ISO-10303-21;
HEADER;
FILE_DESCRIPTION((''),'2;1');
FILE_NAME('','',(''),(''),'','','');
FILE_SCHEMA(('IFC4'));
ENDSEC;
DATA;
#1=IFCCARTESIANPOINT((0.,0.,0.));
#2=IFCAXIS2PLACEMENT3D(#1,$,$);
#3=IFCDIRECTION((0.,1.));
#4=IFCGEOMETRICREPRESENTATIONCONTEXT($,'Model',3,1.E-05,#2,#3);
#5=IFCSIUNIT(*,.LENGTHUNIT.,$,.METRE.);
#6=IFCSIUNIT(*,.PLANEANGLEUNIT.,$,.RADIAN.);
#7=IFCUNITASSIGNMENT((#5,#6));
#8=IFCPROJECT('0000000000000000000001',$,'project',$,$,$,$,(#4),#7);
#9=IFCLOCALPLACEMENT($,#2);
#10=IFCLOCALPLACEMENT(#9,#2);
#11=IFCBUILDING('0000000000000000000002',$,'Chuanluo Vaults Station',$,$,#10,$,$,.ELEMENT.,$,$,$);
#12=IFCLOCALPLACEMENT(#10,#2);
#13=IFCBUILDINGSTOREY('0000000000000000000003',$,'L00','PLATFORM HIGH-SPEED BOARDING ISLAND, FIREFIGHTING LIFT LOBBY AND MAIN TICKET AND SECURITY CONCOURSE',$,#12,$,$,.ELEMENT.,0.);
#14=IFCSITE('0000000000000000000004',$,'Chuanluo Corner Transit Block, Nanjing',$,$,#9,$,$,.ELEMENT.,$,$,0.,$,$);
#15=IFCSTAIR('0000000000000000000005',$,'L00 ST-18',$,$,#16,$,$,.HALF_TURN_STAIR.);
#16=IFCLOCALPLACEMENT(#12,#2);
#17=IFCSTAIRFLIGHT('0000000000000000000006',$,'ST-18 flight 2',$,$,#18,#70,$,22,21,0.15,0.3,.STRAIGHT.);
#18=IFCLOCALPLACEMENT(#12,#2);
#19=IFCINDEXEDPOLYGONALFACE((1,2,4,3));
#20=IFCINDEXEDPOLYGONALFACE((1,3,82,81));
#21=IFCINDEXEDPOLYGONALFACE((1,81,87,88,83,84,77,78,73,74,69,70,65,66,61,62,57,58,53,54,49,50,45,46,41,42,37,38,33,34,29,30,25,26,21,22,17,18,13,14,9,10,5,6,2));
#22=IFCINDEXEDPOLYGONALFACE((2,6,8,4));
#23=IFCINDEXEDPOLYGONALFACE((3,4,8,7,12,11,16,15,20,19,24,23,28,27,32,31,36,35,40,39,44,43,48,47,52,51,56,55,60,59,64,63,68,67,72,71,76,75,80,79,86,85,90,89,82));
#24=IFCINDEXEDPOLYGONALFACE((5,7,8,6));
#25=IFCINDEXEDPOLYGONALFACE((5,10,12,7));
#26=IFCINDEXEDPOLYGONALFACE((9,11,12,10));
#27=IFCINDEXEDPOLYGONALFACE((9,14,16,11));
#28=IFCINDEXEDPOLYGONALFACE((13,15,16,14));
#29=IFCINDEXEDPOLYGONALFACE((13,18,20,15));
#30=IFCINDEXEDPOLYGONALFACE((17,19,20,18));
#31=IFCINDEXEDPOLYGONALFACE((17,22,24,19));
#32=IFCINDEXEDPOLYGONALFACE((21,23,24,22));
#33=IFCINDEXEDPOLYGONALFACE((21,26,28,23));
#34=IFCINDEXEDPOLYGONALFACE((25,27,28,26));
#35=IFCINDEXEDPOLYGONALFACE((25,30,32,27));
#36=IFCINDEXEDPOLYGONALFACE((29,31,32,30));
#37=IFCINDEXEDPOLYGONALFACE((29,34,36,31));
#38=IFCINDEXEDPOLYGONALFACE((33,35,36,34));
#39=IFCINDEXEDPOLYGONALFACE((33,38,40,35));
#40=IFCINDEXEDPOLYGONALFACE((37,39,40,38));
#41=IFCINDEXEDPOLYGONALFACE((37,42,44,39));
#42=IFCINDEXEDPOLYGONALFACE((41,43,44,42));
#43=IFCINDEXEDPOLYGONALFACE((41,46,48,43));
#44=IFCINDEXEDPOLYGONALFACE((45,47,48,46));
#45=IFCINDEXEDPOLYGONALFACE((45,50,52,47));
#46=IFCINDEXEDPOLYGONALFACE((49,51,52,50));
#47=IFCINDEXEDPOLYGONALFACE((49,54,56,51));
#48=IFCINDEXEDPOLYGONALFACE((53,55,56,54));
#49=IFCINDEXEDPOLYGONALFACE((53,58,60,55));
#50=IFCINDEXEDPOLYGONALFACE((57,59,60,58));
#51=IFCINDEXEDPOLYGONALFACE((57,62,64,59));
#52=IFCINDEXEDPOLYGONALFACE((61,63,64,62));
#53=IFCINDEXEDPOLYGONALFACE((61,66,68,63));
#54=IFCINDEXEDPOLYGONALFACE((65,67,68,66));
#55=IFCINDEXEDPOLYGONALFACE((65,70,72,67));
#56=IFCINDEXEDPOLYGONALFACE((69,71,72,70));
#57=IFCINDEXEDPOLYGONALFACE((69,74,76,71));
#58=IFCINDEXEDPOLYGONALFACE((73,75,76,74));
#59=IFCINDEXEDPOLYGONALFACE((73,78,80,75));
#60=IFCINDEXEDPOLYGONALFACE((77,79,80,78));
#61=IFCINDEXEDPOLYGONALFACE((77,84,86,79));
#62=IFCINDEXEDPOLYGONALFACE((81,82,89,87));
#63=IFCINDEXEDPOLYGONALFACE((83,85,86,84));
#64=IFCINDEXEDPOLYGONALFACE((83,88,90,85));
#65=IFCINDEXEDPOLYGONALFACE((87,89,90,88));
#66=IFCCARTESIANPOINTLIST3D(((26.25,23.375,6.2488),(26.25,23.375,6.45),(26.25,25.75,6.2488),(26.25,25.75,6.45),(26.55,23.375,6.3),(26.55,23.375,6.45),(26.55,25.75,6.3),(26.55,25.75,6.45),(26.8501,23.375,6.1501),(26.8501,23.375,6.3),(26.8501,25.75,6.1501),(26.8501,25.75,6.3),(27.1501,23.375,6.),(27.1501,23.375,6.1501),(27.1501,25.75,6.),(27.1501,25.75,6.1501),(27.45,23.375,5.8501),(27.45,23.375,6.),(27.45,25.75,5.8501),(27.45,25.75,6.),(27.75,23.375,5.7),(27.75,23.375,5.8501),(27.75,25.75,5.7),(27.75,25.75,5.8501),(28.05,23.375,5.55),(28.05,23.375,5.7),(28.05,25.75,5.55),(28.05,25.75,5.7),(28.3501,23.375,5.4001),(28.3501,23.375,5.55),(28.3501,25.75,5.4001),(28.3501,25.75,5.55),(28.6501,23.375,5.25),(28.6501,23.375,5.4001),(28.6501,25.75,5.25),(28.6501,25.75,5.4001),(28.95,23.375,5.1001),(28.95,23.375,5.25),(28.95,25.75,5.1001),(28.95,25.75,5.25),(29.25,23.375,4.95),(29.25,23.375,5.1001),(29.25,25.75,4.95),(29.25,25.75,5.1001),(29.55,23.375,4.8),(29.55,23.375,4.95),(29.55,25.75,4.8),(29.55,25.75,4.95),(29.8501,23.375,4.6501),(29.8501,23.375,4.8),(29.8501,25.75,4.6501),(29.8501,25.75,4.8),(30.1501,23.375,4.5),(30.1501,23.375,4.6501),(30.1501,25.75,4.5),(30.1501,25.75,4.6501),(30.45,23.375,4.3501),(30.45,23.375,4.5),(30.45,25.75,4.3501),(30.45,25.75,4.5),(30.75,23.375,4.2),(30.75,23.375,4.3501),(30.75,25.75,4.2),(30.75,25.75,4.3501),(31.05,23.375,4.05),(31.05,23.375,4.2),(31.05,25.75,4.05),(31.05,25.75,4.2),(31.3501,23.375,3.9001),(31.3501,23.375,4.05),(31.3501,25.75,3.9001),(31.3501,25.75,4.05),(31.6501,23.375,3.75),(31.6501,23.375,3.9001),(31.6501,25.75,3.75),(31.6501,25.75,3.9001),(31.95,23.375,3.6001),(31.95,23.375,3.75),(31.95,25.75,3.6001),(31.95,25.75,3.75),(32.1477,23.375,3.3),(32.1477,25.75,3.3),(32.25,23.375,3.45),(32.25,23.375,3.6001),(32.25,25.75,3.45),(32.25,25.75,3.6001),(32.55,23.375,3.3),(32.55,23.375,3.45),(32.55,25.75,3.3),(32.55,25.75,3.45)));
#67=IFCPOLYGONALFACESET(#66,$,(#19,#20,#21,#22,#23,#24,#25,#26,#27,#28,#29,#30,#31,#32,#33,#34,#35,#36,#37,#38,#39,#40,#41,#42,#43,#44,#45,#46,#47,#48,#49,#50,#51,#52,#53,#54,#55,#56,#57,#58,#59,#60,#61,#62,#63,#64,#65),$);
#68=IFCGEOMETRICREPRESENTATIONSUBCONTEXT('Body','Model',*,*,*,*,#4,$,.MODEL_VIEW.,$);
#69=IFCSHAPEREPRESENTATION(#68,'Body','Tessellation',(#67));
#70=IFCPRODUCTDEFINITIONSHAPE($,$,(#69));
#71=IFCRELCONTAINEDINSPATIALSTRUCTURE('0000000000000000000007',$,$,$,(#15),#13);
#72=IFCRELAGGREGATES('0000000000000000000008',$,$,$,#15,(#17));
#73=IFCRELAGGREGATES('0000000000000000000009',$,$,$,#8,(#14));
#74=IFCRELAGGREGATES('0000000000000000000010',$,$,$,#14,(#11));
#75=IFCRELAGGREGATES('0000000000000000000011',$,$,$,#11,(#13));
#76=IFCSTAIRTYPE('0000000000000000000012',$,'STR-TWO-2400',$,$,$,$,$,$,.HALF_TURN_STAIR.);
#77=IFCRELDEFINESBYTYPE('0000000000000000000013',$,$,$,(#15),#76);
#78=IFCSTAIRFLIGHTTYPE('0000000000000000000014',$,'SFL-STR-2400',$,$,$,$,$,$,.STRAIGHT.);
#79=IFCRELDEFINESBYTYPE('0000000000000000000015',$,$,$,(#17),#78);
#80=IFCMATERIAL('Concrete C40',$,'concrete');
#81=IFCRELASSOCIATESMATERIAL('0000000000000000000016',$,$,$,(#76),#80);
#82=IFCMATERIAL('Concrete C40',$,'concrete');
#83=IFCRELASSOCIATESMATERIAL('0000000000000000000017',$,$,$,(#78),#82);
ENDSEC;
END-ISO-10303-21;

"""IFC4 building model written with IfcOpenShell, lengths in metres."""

from ifc_helpers import new_model, si_unit, direction, frame, origin, place, context, subcontext, project, spatial, polyline, outline, extrude, material, type_object, element, aggregate, save


model = new_model("IFC4")

# Units and contexts
model_context = context("Model", 3, precision=1e-05, world=origin(), true_north=direction((0.0, 1.0)))
body_context = subcontext(model_context, "Body", "Model", "MODEL_VIEW")
ifc_project = project(units=[si_unit("LENGTHUNIT", "METRE"), si_unit("PLANEANGLEUNIT", "RADIAN")], contexts=[model_context])

# Site, building, storey
site_placement = place(None, origin())
site = spatial("IfcSite", under=ifc_project, at=site_placement, Name="Chuanluo Corner Transit Block, Nanjing", CompositionType="ELEMENT", RefElevation=0.0)
building_placement = place(site_placement, origin())
building = spatial("IfcBuilding", under=site, at=building_placement, Name="Chuanluo Vaults Station", CompositionType="ELEMENT")
storey_placement = place(building_placement, origin())
storey = spatial("IfcBuildingStorey", under=building, at=storey_placement, Name="L00", Description="PLATFORM HIGH-SPEED BOARDING ISLAND, FIREFIGHTING LIFT LOBBY AND MAIN TICKET AND SECURITY CONCOURSE", CompositionType="ELEMENT", Elevation=0.0)

# Stair, stair flight
ifc_material_1 = material(Name="Concrete C40", Category="concrete")
stair_type = type_object("IfcStairType", Name="STR-TWO-2400", PredefinedType="HALF_TURN_STAIR", material=ifc_material_1)
stair_placement = place(storey_placement, origin())
stair = element("IfcStair", 1, at=stair_placement, inside=storey, type_object=stair_type, Name="L00 ST-18", PredefinedType="HALF_TURN_STAIR")
ifc_material_2 = material(Name="Concrete C40", Category="concrete")
stair_flight_type = type_object("IfcStairFlightType", Name="SFL-STR-2400", PredefinedType="STRAIGHT", material=ifc_material_2)
stair_flight_placement = place(storey_placement, frame((32.55, 24.5625, 3.3), z_axis=(0.0, 0.0, 1.0), x_axis=(-1.0, 0.0, 0.0)))
stair_flight = element("IfcStairFlight", 2, at=stair_flight_placement, type_object=stair_flight_type, Name="ST-18 flight 2", NumberOfRisers=22, NumberOfTreads=21, PredefinedType="STRAIGHT", RiserHeight=0.15, TreadLength=0.3, context=body_context, shape_type="SweptSolid", body=[
    extrude(outline(polyline([(0.0, 0.0), (0.0, 0.1499), (0.3, 0.1499), (0.3, 0.3), (0.6001, 0.3), (0.6001, 0.45), (0.8999, 0.45), (0.8999, 0.6001), (1.2, 0.6001), (1.2, 0.75), (1.5, 0.75), (1.5, 0.8999), (1.8, 0.8999), (1.8, 1.05), (2.1001, 1.05), (2.1001, 1.2), (2.3999, 1.2), (2.3999, 1.3501), (2.7, 1.3501), (2.7, 1.5), (3.0, 1.5), (3.0, 1.6499), (3.3, 1.6499), (3.3, 1.8), (3.6001, 1.8), (3.6001, 1.95), (3.8999, 1.95), (3.8999, 2.1001), (4.2, 2.1001), (4.2, 2.25), (4.5, 2.25), (4.5, 2.3999), (4.8, 2.3999), (4.8, 2.55), (5.1001, 2.55), (5.1001, 2.7), (5.3999, 2.7), (5.3999, 2.8501), (5.7, 2.8501), (5.7, 3.0), (6.0, 3.0), (6.0, 3.1499), (6.3, 3.1499), (6.3, 3.3), (6.3, 2.9487), (0.4023, 0.0), (0.0, 0.0)])), frame((0.0, 1.1875, 0.0), z_axis=(0.0, -1.0, 0.0), x_axis=(1.0, 0.0, 0.0)), (0.0, 0.0, 1.0), 2.375),
])
aggregate(stair, [stair_flight])

save(model, "model.ifc")
